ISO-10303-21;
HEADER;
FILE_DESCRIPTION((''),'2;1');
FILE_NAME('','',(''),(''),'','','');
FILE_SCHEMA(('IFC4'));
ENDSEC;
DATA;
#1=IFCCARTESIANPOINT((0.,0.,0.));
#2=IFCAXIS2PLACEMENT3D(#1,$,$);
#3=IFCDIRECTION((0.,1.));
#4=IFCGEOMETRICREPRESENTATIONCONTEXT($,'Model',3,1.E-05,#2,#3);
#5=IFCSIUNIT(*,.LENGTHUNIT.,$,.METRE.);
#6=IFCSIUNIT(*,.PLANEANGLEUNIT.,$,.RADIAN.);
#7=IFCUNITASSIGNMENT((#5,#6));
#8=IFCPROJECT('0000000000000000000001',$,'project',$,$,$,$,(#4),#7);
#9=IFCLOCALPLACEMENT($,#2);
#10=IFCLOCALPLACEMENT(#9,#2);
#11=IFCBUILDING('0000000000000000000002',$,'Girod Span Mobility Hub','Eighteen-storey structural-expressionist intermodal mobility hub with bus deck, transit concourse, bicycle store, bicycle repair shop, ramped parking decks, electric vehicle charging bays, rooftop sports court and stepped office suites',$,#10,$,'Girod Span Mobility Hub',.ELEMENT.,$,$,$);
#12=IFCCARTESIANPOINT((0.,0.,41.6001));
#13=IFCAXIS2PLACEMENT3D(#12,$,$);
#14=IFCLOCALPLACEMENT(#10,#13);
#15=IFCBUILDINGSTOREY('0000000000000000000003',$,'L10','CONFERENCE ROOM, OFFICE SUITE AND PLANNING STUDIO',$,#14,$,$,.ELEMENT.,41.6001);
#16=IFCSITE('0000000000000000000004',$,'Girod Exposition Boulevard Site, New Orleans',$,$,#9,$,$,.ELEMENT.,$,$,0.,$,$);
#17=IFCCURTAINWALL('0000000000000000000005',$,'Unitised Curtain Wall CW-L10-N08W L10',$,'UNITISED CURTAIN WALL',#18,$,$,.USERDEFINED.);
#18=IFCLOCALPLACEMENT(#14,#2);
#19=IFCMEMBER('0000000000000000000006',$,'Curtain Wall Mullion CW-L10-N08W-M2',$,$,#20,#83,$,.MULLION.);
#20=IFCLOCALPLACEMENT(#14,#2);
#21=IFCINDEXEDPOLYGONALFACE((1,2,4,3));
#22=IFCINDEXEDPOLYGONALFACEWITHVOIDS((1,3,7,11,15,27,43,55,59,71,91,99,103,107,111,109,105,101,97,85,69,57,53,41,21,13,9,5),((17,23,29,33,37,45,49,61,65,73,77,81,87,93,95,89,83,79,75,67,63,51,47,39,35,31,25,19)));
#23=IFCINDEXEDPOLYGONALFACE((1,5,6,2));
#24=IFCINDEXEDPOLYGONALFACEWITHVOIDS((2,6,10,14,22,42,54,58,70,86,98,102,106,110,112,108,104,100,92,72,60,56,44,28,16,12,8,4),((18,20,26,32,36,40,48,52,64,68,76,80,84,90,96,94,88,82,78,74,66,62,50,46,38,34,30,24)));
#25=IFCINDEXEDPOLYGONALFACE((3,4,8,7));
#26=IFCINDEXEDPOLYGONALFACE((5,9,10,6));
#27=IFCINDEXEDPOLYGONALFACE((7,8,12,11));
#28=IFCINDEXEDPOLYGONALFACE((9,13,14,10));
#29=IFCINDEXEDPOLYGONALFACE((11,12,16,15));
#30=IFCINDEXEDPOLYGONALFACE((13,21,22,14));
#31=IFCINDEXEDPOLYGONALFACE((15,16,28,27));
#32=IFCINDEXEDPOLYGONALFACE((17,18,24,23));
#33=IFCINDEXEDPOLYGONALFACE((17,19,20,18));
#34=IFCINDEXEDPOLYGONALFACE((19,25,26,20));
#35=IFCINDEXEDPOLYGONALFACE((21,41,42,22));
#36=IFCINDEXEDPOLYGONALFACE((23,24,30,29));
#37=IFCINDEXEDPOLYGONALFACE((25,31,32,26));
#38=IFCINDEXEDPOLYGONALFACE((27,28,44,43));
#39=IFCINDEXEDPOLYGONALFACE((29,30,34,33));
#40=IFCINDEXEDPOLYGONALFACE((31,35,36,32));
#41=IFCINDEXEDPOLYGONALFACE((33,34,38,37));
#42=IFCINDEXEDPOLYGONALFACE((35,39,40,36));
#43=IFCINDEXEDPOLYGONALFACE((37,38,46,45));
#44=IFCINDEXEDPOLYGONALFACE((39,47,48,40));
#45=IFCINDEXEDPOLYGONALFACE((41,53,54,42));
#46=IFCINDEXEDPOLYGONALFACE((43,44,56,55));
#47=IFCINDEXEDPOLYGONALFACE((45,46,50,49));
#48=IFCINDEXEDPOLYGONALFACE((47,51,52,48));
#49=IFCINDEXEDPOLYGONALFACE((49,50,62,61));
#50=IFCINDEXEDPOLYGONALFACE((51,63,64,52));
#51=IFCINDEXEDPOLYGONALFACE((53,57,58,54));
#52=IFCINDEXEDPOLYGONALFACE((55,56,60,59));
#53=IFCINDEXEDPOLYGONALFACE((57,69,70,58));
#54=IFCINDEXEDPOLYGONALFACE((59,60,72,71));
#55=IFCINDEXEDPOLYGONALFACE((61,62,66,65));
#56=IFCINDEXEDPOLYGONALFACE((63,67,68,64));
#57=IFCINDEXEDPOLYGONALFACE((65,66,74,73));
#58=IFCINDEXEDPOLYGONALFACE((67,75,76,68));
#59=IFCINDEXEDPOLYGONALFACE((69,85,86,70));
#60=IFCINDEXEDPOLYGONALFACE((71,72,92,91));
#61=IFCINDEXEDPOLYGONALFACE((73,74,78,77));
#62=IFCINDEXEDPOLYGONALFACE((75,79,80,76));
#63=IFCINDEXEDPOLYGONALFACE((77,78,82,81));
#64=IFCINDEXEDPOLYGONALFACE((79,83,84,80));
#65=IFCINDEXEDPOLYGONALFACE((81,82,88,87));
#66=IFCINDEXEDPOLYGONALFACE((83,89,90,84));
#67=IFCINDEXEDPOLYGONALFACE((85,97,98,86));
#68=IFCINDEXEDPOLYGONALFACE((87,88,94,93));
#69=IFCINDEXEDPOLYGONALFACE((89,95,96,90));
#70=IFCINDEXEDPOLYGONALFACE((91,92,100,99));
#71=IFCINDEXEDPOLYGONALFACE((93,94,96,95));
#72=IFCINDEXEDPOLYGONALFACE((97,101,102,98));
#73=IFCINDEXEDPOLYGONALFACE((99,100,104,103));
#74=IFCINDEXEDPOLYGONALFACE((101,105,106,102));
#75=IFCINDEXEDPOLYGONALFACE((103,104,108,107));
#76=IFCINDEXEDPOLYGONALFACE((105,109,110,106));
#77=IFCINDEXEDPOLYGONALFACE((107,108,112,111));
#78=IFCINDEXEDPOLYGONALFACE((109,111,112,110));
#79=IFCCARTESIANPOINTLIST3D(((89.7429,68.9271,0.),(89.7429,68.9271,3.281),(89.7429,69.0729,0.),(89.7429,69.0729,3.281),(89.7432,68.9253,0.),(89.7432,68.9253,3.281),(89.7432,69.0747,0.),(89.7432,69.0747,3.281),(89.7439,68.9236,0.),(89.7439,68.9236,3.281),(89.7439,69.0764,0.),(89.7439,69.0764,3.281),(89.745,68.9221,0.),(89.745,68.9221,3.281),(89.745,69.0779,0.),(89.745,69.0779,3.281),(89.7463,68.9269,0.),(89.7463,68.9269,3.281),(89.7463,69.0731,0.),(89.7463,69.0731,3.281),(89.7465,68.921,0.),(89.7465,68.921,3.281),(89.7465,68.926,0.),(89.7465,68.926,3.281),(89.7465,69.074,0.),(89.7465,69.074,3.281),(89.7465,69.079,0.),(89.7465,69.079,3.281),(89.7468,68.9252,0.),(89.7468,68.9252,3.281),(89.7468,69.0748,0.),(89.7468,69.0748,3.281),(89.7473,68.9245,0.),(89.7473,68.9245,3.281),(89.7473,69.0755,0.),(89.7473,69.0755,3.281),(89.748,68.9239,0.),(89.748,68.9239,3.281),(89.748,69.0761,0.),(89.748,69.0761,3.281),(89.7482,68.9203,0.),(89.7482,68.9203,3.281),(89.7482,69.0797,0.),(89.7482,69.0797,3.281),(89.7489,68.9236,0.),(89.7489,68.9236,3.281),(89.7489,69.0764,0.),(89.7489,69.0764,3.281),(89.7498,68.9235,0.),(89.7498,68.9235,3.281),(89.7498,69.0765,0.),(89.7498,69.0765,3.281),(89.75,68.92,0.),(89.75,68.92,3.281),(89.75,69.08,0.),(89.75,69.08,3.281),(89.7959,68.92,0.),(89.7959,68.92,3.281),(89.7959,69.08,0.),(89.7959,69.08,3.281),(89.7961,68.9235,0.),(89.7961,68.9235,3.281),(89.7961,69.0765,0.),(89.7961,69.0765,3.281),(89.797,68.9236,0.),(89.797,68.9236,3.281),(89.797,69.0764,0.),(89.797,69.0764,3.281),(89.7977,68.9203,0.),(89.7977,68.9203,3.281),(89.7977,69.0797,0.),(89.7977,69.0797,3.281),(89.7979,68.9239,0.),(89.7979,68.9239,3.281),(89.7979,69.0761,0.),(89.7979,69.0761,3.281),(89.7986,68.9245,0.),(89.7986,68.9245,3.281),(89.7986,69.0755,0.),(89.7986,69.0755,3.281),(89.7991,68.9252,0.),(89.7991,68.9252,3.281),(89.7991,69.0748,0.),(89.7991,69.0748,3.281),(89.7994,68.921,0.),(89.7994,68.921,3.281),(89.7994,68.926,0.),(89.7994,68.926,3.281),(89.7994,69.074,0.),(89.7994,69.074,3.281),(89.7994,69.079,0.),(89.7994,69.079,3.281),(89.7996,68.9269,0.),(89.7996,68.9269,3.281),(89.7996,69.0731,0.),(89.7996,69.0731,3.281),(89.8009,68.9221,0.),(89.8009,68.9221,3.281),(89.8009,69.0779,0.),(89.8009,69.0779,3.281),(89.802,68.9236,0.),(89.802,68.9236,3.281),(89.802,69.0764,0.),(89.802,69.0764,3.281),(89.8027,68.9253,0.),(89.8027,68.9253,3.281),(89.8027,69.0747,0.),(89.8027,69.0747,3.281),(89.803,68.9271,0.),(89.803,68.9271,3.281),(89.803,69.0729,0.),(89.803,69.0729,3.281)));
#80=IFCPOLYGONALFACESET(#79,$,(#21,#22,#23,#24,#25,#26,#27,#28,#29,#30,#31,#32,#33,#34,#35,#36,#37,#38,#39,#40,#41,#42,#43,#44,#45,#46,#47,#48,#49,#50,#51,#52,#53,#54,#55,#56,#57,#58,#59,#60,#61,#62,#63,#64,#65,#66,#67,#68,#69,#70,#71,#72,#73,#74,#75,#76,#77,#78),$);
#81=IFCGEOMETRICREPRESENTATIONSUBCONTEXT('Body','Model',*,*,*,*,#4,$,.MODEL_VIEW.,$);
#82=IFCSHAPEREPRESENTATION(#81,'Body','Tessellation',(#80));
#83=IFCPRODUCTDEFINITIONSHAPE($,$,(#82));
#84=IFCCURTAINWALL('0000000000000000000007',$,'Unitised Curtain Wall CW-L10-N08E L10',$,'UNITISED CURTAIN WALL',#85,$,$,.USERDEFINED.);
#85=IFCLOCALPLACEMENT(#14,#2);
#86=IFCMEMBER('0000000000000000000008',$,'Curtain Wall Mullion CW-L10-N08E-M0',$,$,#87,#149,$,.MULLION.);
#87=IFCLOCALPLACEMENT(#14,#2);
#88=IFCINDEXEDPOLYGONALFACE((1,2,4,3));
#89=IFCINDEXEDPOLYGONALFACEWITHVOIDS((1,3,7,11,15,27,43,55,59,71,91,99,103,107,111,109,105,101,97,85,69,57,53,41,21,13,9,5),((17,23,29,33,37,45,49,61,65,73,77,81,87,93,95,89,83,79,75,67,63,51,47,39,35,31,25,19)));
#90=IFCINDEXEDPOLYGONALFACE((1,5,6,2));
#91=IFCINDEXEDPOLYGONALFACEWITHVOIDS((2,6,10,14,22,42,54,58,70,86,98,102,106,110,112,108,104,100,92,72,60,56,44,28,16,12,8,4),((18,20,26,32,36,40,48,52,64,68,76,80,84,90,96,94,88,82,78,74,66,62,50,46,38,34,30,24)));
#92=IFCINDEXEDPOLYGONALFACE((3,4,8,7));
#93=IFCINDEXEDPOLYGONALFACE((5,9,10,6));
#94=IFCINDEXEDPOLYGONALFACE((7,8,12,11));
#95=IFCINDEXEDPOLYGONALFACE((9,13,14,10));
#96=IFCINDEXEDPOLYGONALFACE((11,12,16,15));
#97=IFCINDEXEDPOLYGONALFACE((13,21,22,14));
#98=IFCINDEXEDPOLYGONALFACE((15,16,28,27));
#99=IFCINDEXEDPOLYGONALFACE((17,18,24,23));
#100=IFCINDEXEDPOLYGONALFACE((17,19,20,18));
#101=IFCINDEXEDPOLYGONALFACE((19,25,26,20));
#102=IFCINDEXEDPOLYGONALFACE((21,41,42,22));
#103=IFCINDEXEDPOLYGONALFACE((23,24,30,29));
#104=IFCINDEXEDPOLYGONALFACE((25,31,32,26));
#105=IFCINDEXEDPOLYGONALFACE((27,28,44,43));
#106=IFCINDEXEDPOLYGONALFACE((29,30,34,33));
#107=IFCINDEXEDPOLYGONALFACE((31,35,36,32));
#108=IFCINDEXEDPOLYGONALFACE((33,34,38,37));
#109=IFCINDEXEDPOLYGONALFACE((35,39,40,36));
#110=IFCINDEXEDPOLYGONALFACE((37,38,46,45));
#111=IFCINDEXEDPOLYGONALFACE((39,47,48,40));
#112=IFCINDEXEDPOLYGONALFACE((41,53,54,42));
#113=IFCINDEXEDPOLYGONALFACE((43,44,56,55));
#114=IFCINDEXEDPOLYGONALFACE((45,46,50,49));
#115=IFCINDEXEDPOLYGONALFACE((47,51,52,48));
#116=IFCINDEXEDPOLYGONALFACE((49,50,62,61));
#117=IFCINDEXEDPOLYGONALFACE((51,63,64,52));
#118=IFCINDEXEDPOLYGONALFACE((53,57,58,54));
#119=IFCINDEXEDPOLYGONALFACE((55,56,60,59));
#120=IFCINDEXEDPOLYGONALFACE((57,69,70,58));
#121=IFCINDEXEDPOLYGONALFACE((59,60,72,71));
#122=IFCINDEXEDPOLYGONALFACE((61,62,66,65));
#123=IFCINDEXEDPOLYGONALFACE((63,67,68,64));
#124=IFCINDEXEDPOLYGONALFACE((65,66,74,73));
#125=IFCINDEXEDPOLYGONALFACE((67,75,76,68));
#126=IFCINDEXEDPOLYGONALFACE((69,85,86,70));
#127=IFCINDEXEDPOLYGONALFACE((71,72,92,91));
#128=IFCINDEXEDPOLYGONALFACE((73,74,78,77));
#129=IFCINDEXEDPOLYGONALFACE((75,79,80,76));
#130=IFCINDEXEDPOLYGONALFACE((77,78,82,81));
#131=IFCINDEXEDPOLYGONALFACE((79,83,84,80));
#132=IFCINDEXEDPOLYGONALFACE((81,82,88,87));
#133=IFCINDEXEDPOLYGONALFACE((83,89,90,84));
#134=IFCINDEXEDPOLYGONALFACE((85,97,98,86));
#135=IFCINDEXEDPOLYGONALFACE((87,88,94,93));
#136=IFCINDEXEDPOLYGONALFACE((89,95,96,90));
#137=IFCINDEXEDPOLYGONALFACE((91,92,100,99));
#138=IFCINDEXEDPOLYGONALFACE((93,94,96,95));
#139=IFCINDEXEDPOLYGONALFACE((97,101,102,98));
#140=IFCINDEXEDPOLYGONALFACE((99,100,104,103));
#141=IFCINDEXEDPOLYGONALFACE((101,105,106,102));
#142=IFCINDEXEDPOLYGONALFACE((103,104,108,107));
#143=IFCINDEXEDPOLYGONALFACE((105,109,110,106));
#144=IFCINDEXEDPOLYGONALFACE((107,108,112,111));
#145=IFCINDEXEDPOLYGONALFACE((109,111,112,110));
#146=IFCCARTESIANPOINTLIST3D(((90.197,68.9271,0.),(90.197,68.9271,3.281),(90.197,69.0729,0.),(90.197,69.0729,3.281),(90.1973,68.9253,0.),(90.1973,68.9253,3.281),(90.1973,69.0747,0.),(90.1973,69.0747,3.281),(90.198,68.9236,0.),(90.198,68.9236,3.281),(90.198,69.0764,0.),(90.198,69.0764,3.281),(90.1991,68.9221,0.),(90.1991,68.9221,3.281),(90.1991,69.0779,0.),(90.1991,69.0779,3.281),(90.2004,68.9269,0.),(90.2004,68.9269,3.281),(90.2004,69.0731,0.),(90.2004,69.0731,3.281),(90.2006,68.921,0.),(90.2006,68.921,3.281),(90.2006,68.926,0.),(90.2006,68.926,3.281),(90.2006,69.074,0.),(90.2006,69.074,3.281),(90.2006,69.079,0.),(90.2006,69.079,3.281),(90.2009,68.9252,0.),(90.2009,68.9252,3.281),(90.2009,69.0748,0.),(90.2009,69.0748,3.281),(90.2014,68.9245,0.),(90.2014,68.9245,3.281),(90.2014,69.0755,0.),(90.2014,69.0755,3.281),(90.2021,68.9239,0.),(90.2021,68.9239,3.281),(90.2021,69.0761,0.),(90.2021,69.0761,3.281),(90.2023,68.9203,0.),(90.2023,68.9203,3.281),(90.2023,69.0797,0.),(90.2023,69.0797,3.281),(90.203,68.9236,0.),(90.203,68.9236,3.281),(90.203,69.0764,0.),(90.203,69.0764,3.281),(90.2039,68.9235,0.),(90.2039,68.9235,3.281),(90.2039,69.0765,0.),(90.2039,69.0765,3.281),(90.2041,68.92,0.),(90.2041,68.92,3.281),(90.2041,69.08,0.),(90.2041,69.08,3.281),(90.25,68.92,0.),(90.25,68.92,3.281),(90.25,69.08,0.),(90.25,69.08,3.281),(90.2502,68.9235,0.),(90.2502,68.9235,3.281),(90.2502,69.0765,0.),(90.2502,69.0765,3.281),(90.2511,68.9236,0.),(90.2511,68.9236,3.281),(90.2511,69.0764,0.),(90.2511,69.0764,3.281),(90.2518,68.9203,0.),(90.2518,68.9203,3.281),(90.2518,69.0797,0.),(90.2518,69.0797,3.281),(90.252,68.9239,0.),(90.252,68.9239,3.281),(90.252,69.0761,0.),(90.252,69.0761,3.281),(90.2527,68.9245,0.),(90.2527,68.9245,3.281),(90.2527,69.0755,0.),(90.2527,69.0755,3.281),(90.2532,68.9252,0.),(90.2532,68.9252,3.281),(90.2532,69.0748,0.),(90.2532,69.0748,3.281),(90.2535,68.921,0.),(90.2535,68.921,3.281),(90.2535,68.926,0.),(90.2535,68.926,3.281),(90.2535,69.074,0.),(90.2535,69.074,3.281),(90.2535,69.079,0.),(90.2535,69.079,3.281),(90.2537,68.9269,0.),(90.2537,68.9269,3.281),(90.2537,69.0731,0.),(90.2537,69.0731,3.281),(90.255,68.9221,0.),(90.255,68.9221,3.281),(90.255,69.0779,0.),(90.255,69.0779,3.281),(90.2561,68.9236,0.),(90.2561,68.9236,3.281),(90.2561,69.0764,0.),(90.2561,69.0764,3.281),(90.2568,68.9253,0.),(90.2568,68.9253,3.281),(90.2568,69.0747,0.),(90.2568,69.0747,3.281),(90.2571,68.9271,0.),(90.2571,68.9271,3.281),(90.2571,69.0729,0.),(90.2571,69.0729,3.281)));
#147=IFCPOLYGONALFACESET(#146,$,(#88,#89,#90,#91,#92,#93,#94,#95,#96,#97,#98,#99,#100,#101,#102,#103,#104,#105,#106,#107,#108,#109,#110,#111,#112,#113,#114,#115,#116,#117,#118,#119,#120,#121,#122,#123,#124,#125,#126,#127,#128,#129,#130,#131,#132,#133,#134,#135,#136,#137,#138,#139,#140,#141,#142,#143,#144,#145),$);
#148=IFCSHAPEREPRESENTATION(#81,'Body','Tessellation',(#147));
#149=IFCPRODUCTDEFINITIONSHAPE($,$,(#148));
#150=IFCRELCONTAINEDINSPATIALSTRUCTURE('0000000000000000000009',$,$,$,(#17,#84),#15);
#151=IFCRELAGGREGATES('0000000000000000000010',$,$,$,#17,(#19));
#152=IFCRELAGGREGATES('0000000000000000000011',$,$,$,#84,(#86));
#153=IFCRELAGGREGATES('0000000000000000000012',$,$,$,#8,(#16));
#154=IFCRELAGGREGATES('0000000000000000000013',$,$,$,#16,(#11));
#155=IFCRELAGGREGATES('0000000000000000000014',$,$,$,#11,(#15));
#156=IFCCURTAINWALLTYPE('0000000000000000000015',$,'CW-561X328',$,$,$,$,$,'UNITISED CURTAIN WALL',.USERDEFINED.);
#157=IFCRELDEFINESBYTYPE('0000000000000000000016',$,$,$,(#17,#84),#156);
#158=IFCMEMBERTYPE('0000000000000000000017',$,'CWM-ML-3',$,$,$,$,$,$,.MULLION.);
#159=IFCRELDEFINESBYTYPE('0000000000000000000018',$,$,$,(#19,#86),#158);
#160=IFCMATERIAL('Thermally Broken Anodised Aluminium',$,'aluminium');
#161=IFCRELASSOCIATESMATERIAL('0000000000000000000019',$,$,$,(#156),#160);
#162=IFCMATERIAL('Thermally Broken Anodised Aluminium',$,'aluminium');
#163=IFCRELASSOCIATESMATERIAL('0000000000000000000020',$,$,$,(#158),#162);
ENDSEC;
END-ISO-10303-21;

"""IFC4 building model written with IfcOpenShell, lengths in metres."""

from ifc_helpers import new_model, si_unit, direction, frame, origin, origin_2d, place, context, subcontext, project, spatial, hollow_rectangle, extrude, material, material_profile, profile_set, type_object, element, aggregate, save


model = new_model("IFC4")

# Units and contexts
model_context = context("Model", 3, precision=1e-05, world=origin(), true_north=direction((0.0, 1.0)))
body_context = subcontext(model_context, "Body", "Model", "MODEL_VIEW")
ifc_project = project(units=[si_unit("LENGTHUNIT", "METRE"), si_unit("PLANEANGLEUNIT", "RADIAN")], contexts=[model_context])

# Site, building, storey
site_placement = place(None, origin())
site = spatial("IfcSite", under=ifc_project, at=site_placement, Name="Girod Exposition Boulevard Site, New Orleans", CompositionType="ELEMENT", RefElevation=0.0)
building_placement = place(site_placement, origin())
building = spatial("IfcBuilding", under=site, at=building_placement, Name="Girod Span Mobility Hub", Description="Eighteen-storey structural-expressionist intermodal mobility hub with bus deck, transit concourse, bicycle store, bicycle repair shop, ramped parking decks, electric vehicle charging bays, rooftop sports court and stepped office suites", LongName="Girod Span Mobility Hub", CompositionType="ELEMENT")
storey_placement = place(building_placement, frame((0.0, 0.0, 41.6001)))
storey = spatial("IfcBuildingStorey", under=building, at=storey_placement, Name="L10", Description="CONFERENCE ROOM, OFFICE SUITE AND PLANNING STUDIO", CompositionType="ELEMENT", Elevation=41.6001)

# Curtain walls, members
ifc_material_1 = material(Name="Thermally Broken Anodised Aluminium", Category="aluminium")
curtain_wall_type = type_object("IfcCurtainWallType", Name="CW-561X328", ElementType="UNITISED CURTAIN WALL", PredefinedType="USERDEFINED", material=ifc_material_1)
curtain_wall_1_placement = place(storey_placement, origin())
curtain_wall_1 = element("IfcCurtainWall", 1, at=curtain_wall_1_placement, inside=storey, type_object=curtain_wall_type, Name="Unitised Curtain Wall CW-L10-N08W L10", ObjectType="UNITISED CURTAIN WALL", PredefinedType="USERDEFINED")
ifc_material_2 = material(Name="Thermally Broken Anodised Aluminium", Category="aluminium")
ifc_material_profile_1 = material_profile(ifc_material_2, hollow_rectangle(XDim=0.1599, YDim=0.0601, WallThickness=0.0034, InnerFilletRadius=0.0034, OuterFilletRadius=0.0071, at=origin_2d()), Name="CW-ML-60X160")
ifc_profile_set_1 = profile_set([ifc_material_profile_1], Name="Thermally Broken Anodised Aluminium")
member_type_1 = type_object("IfcMemberType", Name="CWM-ML-3", PredefinedType="MULLION", material=ifc_profile_set_1)
member_1_placement = place(storey_placement, frame((89.7729, 69.0, 0.0), z_axis=(0.0, 0.0, 1.0), x_axis=(0.0, 1.0, 0.0)))
member_1 = element("IfcMember", 2, at=member_1_placement, type_object=member_type_1, Name="Curtain Wall Mullion CW-L10-N08W-M2", PredefinedType="MULLION", context=body_context, shape_type="SweptSolid", body=[
    extrude(hollow_rectangle(XDim=0.1599, YDim=0.0601, WallThickness=0.0034, InnerFilletRadius=0.0034, OuterFilletRadius=0.0071, at=origin_2d()), origin(), (0.0, 0.0, 1.0), 3.281),
])
curtain_wall_2_placement = place(storey_placement, origin())
curtain_wall_2 = element("IfcCurtainWall", 3, at=curtain_wall_2_placement, inside=storey, type_object=curtain_wall_type, Name="Unitised Curtain Wall CW-L10-N08E L10", ObjectType="UNITISED CURTAIN WALL", PredefinedType="USERDEFINED")
member_2_placement = place(storey_placement, frame((90.2271, 69.0, 0.0), z_axis=(0.0, 0.0, 1.0), x_axis=(0.0, 1.0, 0.0)))
member_2 = element("IfcMember", 4, at=member_2_placement, type_object=member_type_1, Name="Curtain Wall Mullion CW-L10-N08E-M0", PredefinedType="MULLION", context=body_context, shape_type="SweptSolid", body=[
    extrude(hollow_rectangle(XDim=0.1599, YDim=0.0601, WallThickness=0.0034, InnerFilletRadius=0.0034, OuterFilletRadius=0.0071, at=origin_2d()), origin(), (0.0, 0.0, 1.0), 3.281),
])

aggregate(curtain_wall_1, [member_1])
aggregate(curtain_wall_2, [member_2])

save(model, "model.ifc")
